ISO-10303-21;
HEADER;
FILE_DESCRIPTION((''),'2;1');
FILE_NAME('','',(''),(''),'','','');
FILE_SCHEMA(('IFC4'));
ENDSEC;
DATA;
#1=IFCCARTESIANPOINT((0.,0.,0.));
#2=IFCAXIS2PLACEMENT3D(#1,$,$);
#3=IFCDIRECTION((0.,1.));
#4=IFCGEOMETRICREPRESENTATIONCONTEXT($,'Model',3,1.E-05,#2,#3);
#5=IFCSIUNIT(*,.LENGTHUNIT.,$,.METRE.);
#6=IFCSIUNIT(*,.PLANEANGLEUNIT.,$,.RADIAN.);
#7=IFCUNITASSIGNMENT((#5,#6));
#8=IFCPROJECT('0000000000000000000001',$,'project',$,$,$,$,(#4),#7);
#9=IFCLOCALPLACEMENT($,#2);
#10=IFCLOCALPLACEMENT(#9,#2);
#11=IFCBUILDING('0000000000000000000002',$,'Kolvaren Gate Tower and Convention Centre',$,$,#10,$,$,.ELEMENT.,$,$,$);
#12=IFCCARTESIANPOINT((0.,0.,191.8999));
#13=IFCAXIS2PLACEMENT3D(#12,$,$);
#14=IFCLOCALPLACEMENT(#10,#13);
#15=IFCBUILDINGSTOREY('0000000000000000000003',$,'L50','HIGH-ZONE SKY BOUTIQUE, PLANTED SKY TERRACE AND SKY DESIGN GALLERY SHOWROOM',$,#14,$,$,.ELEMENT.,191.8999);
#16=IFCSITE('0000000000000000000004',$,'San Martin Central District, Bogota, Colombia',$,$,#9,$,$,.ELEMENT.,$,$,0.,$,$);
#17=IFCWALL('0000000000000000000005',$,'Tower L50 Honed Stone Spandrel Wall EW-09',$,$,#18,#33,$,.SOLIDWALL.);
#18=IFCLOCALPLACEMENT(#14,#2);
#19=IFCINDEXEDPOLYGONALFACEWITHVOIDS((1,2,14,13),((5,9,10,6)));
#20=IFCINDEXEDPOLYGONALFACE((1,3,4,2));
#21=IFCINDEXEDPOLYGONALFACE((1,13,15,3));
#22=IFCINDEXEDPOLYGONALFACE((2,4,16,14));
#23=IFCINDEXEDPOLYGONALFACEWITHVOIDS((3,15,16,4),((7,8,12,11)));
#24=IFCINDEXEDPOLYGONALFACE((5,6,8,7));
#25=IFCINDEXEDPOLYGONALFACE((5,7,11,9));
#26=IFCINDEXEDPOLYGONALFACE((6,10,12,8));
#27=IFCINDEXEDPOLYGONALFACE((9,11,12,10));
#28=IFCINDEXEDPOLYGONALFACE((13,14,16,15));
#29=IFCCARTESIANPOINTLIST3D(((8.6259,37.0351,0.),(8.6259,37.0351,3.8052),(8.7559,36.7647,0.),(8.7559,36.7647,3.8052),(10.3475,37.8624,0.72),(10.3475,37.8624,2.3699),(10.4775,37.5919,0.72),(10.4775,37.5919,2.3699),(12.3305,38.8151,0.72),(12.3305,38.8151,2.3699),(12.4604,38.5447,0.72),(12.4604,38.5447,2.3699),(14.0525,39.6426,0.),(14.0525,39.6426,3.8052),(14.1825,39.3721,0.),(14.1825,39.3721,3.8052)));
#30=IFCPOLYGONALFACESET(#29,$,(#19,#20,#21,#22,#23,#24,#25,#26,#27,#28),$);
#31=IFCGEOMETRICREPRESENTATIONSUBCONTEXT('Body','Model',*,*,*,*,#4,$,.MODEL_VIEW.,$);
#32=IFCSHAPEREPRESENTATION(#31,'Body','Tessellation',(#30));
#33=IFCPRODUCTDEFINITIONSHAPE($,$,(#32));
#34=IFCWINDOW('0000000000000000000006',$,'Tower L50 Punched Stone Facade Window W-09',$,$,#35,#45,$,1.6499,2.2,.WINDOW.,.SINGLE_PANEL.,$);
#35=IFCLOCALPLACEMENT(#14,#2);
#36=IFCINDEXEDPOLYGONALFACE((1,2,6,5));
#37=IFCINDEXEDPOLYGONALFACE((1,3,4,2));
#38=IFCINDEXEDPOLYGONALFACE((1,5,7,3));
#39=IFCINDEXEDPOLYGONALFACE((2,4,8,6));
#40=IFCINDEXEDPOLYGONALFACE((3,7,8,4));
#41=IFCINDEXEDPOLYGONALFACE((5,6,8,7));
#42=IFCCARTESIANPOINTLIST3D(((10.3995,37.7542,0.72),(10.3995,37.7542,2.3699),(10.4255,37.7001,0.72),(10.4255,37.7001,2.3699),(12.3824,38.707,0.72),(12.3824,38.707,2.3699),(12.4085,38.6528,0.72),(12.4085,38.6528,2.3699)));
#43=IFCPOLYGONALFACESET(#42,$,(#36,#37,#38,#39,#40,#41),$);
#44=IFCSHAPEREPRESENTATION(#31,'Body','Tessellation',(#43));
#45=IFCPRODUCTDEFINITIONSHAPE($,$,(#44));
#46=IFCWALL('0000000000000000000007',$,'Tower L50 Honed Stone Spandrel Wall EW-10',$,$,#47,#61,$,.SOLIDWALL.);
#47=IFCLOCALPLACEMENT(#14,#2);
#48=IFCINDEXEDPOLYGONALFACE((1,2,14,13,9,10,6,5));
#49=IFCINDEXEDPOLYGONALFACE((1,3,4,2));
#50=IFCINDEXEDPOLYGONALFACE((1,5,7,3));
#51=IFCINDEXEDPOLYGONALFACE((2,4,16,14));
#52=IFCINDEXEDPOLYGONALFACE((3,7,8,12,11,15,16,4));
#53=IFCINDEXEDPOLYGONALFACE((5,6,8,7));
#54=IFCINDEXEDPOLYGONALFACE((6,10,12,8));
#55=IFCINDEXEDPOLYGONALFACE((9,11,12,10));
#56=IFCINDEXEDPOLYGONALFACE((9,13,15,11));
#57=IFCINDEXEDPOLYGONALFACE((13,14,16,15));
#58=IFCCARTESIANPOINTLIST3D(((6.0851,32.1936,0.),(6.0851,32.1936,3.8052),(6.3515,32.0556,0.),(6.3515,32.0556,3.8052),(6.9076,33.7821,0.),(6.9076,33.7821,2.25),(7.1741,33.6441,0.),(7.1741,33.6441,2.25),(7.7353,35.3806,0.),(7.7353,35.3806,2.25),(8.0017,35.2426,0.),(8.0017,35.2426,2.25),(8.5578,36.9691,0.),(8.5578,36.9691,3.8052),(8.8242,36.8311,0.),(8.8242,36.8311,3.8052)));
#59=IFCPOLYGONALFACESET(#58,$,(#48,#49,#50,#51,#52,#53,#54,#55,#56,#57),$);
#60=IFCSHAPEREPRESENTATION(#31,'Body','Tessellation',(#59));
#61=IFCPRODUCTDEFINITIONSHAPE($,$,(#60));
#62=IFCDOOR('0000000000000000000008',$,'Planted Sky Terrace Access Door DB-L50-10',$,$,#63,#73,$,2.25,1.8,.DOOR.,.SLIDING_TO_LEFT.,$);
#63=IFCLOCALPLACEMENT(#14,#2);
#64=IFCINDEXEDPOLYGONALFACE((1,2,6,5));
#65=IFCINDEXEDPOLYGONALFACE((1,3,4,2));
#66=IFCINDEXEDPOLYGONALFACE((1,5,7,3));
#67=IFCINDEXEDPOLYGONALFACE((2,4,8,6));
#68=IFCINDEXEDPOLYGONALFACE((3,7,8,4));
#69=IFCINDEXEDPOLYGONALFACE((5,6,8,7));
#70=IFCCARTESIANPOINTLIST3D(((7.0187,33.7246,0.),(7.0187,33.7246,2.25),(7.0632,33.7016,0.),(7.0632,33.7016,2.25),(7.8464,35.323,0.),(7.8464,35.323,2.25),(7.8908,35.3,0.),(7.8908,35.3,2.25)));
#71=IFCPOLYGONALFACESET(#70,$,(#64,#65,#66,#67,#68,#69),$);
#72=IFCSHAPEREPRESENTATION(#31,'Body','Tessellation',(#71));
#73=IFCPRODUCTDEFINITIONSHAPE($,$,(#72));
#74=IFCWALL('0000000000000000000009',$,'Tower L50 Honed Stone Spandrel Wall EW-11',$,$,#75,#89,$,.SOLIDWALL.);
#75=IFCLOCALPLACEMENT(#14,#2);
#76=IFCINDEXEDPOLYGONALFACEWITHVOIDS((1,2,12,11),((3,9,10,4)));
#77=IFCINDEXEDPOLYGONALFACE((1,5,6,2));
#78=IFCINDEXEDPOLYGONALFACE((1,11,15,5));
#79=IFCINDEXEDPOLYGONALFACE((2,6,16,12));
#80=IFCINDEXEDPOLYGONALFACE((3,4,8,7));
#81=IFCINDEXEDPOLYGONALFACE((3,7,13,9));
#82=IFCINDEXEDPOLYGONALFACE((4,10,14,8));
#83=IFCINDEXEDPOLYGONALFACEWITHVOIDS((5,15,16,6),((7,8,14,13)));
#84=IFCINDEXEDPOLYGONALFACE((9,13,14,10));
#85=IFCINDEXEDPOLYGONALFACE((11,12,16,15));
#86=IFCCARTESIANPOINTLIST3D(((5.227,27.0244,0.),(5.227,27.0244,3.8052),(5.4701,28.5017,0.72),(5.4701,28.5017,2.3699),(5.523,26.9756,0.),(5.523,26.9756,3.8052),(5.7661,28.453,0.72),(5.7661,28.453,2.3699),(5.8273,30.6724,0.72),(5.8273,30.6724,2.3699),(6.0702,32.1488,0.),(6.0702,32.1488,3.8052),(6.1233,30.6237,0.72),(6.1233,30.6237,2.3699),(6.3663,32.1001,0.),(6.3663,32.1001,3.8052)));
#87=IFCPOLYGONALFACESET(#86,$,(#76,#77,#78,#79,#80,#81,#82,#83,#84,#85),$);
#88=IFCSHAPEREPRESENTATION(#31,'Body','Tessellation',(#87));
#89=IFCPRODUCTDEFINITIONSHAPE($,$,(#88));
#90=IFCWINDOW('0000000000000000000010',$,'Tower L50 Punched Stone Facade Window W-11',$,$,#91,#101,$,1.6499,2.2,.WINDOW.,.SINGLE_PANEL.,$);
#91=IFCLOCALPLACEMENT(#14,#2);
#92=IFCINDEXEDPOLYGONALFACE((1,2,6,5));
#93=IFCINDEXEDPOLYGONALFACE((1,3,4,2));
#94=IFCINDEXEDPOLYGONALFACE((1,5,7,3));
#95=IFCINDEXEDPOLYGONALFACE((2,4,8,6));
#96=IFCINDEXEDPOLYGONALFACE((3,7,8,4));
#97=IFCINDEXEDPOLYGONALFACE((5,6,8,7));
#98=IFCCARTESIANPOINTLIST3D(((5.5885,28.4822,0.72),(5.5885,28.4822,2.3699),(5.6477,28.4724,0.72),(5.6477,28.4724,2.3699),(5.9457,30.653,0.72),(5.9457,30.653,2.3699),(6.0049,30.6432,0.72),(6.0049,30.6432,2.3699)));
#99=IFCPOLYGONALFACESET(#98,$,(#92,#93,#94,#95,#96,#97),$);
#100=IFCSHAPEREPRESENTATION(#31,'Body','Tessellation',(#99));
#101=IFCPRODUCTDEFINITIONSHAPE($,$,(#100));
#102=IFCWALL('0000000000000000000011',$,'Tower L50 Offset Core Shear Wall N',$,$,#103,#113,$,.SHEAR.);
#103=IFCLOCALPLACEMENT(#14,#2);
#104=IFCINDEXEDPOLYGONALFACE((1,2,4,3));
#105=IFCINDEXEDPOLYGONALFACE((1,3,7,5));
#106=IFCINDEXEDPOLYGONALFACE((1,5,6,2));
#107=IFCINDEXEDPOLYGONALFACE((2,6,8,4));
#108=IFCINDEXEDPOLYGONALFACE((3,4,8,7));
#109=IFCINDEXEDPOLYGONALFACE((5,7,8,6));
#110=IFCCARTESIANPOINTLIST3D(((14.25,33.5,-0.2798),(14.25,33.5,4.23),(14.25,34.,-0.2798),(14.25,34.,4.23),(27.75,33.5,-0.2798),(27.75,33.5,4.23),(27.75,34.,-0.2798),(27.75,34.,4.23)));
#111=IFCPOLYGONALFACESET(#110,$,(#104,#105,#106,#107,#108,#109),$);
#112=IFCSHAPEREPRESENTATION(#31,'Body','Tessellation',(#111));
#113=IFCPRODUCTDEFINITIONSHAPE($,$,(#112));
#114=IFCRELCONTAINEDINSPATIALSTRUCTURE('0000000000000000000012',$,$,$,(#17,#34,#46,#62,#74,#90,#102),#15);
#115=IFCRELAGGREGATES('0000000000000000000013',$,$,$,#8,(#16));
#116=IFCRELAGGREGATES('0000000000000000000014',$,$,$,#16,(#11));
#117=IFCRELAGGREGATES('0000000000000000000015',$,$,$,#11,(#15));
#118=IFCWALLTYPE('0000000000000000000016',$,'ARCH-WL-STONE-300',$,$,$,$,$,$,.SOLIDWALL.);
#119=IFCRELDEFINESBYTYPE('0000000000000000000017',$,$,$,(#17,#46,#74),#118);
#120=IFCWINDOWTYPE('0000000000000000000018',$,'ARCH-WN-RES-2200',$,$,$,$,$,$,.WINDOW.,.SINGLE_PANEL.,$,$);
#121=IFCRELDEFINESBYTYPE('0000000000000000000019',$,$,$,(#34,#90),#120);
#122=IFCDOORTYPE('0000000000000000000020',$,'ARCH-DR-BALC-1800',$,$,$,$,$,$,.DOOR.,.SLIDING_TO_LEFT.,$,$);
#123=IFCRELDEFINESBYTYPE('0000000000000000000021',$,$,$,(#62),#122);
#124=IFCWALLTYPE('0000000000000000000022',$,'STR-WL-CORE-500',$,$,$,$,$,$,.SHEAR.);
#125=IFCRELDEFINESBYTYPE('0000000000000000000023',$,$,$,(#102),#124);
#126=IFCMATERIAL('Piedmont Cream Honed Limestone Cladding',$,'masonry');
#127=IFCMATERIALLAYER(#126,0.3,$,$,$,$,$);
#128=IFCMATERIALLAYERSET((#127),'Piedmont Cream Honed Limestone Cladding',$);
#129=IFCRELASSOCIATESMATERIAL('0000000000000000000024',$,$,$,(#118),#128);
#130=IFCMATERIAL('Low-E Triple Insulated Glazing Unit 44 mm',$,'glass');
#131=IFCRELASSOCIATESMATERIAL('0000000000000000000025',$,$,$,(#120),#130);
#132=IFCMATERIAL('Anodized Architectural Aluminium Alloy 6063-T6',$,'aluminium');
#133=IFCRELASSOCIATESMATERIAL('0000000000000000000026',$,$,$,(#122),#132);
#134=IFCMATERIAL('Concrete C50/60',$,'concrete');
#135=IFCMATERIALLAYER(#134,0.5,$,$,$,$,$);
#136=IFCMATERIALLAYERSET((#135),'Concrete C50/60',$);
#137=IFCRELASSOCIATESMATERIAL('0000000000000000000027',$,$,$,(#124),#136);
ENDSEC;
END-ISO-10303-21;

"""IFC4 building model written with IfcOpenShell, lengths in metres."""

from ifc_helpers import new_model, si_unit, direction, frame, frame_2d, origin, place, context, subcontext, project, spatial, rectangle, extrude, material, layer, layer_set, type_object, element, fill, save


model = new_model("IFC4")

# Units and contexts
model_context = context("Model", 3, precision=1e-05, world=origin(), true_north=direction((0.0, 1.0)))
body_context = subcontext(model_context, "Body", "Model", "MODEL_VIEW")
ifc_project = project(units=[si_unit("LENGTHUNIT", "METRE"), si_unit("PLANEANGLEUNIT", "RADIAN")], contexts=[model_context])

# Site, building, storey
site_placement = place(None, origin())
site = spatial("IfcSite", under=ifc_project, at=site_placement, Name="San Martin Central District, Bogota, Colombia", CompositionType="ELEMENT", RefElevation=0.0)
building_placement = place(site_placement, origin())
building = spatial("IfcBuilding", under=site, at=building_placement, Name="Kolvaren Gate Tower and Convention Centre", CompositionType="ELEMENT")
storey_placement = place(building_placement, frame((0.0, 0.0, 191.8999)))
storey = spatial("IfcBuildingStorey", under=building, at=storey_placement, Name="L50", Description="HIGH-ZONE SKY BOUTIQUE, PLANTED SKY TERRACE AND SKY DESIGN GALLERY SHOWROOM", CompositionType="ELEMENT", Elevation=191.8999)

# Shared definitions
ifc_material_1 = material(Name="Anodized Architectural Aluminium Alloy 6063-T6", Category="aluminium")

# Shared definitions
ifc_material_2 = material(Name="Piedmont Cream Honed Limestone Cladding", Category="masonry")

# Wall, opening, window
ifc_layer_1 = layer(ifc_material_2, 0.3)
ifc_layer_set_1 = layer_set([ifc_layer_1], Name="Piedmont Cream Honed Limestone Cladding")
wall_type_1 = type_object("IfcWallType", Name="ARCH-WL-STONE-300", PredefinedType="SOLIDWALL", material=ifc_layer_set_1)
wall_1_placement = place(storey_placement, frame((8.6909, 36.8999, 0.0), z_axis=(0.0, 0.0, 1.0), x_axis=(0.901348, 0.433095, 0.0)))
wall_1 = element("IfcWall", 1, at=wall_1_placement, inside=storey, type_object=wall_type_1, Name="Tower L50 Honed Stone Spandrel Wall EW-09", PredefinedType="SOLIDWALL", context=body_context, shape_type="SweptSolid", body=[
    extrude(rectangle(XDim=6.0205, YDim=0.3, at=frame_2d((3.0103, 0.0))), origin(), (0.0, 0.0, 1.0), 3.8052),
])
opening_1_placement = place(wall_1_placement, frame((1.9099, 0.0, 0.72)))
opening_1 = element("IfcOpeningElement", 2, at=opening_1_placement, cuts=wall_1, PredefinedType="OPENING", context=body_context, shape_type="SweptSolid", body=[
    extrude(rectangle(XDim=2.2, YDim=1.6499, at=frame_2d((1.1001, 0.825))), frame((0.0, 0.1599, 0.0), z_axis=(0.0, -1.0, 0.0), x_axis=(1.0, 0.0, 0.0)), (0.0, 0.0, 1.0), 0.3201),
])
ifc_material_3 = material(Name="Low-E Triple Insulated Glazing Unit 44 mm", Category="glass")
window_type = type_object("IfcWindowType", Name="ARCH-WN-RES-2200", PartitioningType="SINGLE_PANEL", PredefinedType="WINDOW", material=ifc_material_3)
window_1_placement = place(opening_1_placement, origin())
window_1 = element("IfcWindow", 3, at=window_1_placement, inside=storey, type_object=window_type, Name="Tower L50 Punched Stone Facade Window W-09", OverallHeight=1.6499, OverallWidth=2.2, PartitioningType="SINGLE_PANEL", PredefinedType="WINDOW", context=body_context, shape_type="SweptSolid", body=[
    extrude(rectangle(XDim=2.2, YDim=1.6499, at=frame_2d((1.1001, 0.825))), frame((0.0, 0.03, 0.0), z_axis=(0.0, -1.0, 0.0), x_axis=(1.0, 0.0, 0.0)), (0.0, 0.0, 1.0), 0.0601),
])
fill(opening_1, window_1)

# Wall, opening, door
wall_2_placement = place(storey_placement, frame((6.2183, 32.1245, 0.0), z_axis=(0.0, 0.0, 1.0), x_axis=(0.459808, 0.888018, 0.0)))
wall_2 = element("IfcWall", 4, at=wall_2_placement, inside=storey, type_object=wall_type_1, Name="Tower L50 Honed Stone Spandrel Wall EW-10", PredefinedType="SOLIDWALL", context=body_context, shape_type="SweptSolid", body=[
    extrude(rectangle(XDim=5.3777, YDim=0.3, at=frame_2d((2.689, 0.0))), origin(), (0.0, 0.0, 1.0), 3.8052),
])
opening_2_placement = place(wall_2_placement, frame((1.7891, 0.0, 0.0)))
opening_2 = element("IfcOpeningElement", 5, at=opening_2_placement, cuts=wall_2, PredefinedType="OPENING", context=body_context, shape_type="SweptSolid", body=[
    extrude(rectangle(XDim=1.8, YDim=2.25, at=frame_2d((0.8999, 1.125))), frame((0.0, 0.1599, 0.0), z_axis=(0.0, -1.0, 0.0), x_axis=(1.0, 0.0, 0.0)), (0.0, 0.0, 1.0), 0.3201),
])
door_type = type_object("IfcDoorType", Name="ARCH-DR-BALC-1800", OperationType="SLIDING_TO_LEFT", PredefinedType="DOOR", material=ifc_material_1)
door_placement = place(opening_2_placement, origin())
door = element("IfcDoor", 6, at=door_placement, inside=storey, type_object=door_type, Name="Planted Sky Terrace Access Door DB-L50-10", OperationType="SLIDING_TO_LEFT", OverallHeight=2.25, OverallWidth=1.8, PredefinedType="DOOR", context=body_context, shape_type="SweptSolid", body=[
    extrude(rectangle(XDim=1.8, YDim=2.25, at=frame_2d((0.8999, 1.125))), frame((0.0, 0.0249, 0.0), z_axis=(0.0, -1.0, 0.0), x_axis=(1.0, 0.0, 0.0)), (0.0, 0.0, 1.0), 0.05),
])
fill(opening_2, door)

# Wall, opening, window
wall_3_placement = place(storey_placement, frame((5.375, 27.0, 0.0), z_axis=(0.0, 0.0, 1.0), x_axis=(0.162371, 0.98673, 0.0)))
wall_3 = element("IfcWall", 7, at=wall_3_placement, inside=storey, type_object=wall_type_1, Name="Tower L50 Honed Stone Spandrel Wall EW-11", PredefinedType="SOLIDWALL", context=body_context, shape_type="SweptSolid", body=[
    extrude(rectangle(XDim=5.1934, YDim=0.3, at=frame_2d((2.5967, 0.0))), origin(), (0.0, 0.0, 1.0), 3.8052),
])
opening_3_placement = place(wall_3_placement, frame((1.4971, 0.0, 0.72)))
opening_3 = element("IfcOpeningElement", 8, at=opening_3_placement, cuts=wall_3, PredefinedType="OPENING", context=body_context, shape_type="SweptSolid", body=[
    extrude(rectangle(XDim=2.2, YDim=1.6499, at=frame_2d((1.1001, 0.825))), frame((0.0, 0.1599, 0.0), z_axis=(0.0, -1.0, 0.0), x_axis=(1.0, 0.0, 0.0)), (0.0, 0.0, 1.0), 0.3201),
])
window_2_placement = place(opening_3_placement, origin())
window_2 = element("IfcWindow", 9, at=window_2_placement, inside=storey, type_object=window_type, Name="Tower L50 Punched Stone Facade Window W-11", OverallHeight=1.6499, OverallWidth=2.2, PartitioningType="SINGLE_PANEL", PredefinedType="WINDOW", context=body_context, shape_type="SweptSolid", body=[
    extrude(rectangle(XDim=2.2, YDim=1.6499, at=frame_2d((1.1001, 0.825))), frame((0.0, 0.03, 0.0), z_axis=(0.0, -1.0, 0.0), x_axis=(1.0, 0.0, 0.0)), (0.0, 0.0, 1.0), 0.0601),
])
fill(opening_3, window_2)

# Wall
ifc_material_4 = material(Name="Concrete C50/60", Category="concrete")
ifc_layer_2 = layer(ifc_material_4, 0.5)
ifc_layer_set_2 = layer_set([ifc_layer_2], Name="Concrete C50/60")
wall_type_2 = type_object("IfcWallType", Name="STR-WL-CORE-500", PredefinedType="SHEAR", material=ifc_layer_set_2)
wall_4_placement = place(storey_placement, frame((14.25, 33.75, -0.2798), z_axis=(0.0, 0.0, 1.0), x_axis=(1.0, 0.0, 0.0)))
element("IfcWall", 10, at=wall_4_placement, inside=storey, type_object=wall_type_2, Name="Tower L50 Offset Core Shear Wall N", PredefinedType="SHEAR", context=body_context, shape_type="SweptSolid", body=[
    extrude(rectangle(XDim=13.5, YDim=0.5, at=frame_2d((6.75, 0.0))), origin(), (0.0, 0.0, 1.0), 4.5098),
])

save(model, "model.ifc")
